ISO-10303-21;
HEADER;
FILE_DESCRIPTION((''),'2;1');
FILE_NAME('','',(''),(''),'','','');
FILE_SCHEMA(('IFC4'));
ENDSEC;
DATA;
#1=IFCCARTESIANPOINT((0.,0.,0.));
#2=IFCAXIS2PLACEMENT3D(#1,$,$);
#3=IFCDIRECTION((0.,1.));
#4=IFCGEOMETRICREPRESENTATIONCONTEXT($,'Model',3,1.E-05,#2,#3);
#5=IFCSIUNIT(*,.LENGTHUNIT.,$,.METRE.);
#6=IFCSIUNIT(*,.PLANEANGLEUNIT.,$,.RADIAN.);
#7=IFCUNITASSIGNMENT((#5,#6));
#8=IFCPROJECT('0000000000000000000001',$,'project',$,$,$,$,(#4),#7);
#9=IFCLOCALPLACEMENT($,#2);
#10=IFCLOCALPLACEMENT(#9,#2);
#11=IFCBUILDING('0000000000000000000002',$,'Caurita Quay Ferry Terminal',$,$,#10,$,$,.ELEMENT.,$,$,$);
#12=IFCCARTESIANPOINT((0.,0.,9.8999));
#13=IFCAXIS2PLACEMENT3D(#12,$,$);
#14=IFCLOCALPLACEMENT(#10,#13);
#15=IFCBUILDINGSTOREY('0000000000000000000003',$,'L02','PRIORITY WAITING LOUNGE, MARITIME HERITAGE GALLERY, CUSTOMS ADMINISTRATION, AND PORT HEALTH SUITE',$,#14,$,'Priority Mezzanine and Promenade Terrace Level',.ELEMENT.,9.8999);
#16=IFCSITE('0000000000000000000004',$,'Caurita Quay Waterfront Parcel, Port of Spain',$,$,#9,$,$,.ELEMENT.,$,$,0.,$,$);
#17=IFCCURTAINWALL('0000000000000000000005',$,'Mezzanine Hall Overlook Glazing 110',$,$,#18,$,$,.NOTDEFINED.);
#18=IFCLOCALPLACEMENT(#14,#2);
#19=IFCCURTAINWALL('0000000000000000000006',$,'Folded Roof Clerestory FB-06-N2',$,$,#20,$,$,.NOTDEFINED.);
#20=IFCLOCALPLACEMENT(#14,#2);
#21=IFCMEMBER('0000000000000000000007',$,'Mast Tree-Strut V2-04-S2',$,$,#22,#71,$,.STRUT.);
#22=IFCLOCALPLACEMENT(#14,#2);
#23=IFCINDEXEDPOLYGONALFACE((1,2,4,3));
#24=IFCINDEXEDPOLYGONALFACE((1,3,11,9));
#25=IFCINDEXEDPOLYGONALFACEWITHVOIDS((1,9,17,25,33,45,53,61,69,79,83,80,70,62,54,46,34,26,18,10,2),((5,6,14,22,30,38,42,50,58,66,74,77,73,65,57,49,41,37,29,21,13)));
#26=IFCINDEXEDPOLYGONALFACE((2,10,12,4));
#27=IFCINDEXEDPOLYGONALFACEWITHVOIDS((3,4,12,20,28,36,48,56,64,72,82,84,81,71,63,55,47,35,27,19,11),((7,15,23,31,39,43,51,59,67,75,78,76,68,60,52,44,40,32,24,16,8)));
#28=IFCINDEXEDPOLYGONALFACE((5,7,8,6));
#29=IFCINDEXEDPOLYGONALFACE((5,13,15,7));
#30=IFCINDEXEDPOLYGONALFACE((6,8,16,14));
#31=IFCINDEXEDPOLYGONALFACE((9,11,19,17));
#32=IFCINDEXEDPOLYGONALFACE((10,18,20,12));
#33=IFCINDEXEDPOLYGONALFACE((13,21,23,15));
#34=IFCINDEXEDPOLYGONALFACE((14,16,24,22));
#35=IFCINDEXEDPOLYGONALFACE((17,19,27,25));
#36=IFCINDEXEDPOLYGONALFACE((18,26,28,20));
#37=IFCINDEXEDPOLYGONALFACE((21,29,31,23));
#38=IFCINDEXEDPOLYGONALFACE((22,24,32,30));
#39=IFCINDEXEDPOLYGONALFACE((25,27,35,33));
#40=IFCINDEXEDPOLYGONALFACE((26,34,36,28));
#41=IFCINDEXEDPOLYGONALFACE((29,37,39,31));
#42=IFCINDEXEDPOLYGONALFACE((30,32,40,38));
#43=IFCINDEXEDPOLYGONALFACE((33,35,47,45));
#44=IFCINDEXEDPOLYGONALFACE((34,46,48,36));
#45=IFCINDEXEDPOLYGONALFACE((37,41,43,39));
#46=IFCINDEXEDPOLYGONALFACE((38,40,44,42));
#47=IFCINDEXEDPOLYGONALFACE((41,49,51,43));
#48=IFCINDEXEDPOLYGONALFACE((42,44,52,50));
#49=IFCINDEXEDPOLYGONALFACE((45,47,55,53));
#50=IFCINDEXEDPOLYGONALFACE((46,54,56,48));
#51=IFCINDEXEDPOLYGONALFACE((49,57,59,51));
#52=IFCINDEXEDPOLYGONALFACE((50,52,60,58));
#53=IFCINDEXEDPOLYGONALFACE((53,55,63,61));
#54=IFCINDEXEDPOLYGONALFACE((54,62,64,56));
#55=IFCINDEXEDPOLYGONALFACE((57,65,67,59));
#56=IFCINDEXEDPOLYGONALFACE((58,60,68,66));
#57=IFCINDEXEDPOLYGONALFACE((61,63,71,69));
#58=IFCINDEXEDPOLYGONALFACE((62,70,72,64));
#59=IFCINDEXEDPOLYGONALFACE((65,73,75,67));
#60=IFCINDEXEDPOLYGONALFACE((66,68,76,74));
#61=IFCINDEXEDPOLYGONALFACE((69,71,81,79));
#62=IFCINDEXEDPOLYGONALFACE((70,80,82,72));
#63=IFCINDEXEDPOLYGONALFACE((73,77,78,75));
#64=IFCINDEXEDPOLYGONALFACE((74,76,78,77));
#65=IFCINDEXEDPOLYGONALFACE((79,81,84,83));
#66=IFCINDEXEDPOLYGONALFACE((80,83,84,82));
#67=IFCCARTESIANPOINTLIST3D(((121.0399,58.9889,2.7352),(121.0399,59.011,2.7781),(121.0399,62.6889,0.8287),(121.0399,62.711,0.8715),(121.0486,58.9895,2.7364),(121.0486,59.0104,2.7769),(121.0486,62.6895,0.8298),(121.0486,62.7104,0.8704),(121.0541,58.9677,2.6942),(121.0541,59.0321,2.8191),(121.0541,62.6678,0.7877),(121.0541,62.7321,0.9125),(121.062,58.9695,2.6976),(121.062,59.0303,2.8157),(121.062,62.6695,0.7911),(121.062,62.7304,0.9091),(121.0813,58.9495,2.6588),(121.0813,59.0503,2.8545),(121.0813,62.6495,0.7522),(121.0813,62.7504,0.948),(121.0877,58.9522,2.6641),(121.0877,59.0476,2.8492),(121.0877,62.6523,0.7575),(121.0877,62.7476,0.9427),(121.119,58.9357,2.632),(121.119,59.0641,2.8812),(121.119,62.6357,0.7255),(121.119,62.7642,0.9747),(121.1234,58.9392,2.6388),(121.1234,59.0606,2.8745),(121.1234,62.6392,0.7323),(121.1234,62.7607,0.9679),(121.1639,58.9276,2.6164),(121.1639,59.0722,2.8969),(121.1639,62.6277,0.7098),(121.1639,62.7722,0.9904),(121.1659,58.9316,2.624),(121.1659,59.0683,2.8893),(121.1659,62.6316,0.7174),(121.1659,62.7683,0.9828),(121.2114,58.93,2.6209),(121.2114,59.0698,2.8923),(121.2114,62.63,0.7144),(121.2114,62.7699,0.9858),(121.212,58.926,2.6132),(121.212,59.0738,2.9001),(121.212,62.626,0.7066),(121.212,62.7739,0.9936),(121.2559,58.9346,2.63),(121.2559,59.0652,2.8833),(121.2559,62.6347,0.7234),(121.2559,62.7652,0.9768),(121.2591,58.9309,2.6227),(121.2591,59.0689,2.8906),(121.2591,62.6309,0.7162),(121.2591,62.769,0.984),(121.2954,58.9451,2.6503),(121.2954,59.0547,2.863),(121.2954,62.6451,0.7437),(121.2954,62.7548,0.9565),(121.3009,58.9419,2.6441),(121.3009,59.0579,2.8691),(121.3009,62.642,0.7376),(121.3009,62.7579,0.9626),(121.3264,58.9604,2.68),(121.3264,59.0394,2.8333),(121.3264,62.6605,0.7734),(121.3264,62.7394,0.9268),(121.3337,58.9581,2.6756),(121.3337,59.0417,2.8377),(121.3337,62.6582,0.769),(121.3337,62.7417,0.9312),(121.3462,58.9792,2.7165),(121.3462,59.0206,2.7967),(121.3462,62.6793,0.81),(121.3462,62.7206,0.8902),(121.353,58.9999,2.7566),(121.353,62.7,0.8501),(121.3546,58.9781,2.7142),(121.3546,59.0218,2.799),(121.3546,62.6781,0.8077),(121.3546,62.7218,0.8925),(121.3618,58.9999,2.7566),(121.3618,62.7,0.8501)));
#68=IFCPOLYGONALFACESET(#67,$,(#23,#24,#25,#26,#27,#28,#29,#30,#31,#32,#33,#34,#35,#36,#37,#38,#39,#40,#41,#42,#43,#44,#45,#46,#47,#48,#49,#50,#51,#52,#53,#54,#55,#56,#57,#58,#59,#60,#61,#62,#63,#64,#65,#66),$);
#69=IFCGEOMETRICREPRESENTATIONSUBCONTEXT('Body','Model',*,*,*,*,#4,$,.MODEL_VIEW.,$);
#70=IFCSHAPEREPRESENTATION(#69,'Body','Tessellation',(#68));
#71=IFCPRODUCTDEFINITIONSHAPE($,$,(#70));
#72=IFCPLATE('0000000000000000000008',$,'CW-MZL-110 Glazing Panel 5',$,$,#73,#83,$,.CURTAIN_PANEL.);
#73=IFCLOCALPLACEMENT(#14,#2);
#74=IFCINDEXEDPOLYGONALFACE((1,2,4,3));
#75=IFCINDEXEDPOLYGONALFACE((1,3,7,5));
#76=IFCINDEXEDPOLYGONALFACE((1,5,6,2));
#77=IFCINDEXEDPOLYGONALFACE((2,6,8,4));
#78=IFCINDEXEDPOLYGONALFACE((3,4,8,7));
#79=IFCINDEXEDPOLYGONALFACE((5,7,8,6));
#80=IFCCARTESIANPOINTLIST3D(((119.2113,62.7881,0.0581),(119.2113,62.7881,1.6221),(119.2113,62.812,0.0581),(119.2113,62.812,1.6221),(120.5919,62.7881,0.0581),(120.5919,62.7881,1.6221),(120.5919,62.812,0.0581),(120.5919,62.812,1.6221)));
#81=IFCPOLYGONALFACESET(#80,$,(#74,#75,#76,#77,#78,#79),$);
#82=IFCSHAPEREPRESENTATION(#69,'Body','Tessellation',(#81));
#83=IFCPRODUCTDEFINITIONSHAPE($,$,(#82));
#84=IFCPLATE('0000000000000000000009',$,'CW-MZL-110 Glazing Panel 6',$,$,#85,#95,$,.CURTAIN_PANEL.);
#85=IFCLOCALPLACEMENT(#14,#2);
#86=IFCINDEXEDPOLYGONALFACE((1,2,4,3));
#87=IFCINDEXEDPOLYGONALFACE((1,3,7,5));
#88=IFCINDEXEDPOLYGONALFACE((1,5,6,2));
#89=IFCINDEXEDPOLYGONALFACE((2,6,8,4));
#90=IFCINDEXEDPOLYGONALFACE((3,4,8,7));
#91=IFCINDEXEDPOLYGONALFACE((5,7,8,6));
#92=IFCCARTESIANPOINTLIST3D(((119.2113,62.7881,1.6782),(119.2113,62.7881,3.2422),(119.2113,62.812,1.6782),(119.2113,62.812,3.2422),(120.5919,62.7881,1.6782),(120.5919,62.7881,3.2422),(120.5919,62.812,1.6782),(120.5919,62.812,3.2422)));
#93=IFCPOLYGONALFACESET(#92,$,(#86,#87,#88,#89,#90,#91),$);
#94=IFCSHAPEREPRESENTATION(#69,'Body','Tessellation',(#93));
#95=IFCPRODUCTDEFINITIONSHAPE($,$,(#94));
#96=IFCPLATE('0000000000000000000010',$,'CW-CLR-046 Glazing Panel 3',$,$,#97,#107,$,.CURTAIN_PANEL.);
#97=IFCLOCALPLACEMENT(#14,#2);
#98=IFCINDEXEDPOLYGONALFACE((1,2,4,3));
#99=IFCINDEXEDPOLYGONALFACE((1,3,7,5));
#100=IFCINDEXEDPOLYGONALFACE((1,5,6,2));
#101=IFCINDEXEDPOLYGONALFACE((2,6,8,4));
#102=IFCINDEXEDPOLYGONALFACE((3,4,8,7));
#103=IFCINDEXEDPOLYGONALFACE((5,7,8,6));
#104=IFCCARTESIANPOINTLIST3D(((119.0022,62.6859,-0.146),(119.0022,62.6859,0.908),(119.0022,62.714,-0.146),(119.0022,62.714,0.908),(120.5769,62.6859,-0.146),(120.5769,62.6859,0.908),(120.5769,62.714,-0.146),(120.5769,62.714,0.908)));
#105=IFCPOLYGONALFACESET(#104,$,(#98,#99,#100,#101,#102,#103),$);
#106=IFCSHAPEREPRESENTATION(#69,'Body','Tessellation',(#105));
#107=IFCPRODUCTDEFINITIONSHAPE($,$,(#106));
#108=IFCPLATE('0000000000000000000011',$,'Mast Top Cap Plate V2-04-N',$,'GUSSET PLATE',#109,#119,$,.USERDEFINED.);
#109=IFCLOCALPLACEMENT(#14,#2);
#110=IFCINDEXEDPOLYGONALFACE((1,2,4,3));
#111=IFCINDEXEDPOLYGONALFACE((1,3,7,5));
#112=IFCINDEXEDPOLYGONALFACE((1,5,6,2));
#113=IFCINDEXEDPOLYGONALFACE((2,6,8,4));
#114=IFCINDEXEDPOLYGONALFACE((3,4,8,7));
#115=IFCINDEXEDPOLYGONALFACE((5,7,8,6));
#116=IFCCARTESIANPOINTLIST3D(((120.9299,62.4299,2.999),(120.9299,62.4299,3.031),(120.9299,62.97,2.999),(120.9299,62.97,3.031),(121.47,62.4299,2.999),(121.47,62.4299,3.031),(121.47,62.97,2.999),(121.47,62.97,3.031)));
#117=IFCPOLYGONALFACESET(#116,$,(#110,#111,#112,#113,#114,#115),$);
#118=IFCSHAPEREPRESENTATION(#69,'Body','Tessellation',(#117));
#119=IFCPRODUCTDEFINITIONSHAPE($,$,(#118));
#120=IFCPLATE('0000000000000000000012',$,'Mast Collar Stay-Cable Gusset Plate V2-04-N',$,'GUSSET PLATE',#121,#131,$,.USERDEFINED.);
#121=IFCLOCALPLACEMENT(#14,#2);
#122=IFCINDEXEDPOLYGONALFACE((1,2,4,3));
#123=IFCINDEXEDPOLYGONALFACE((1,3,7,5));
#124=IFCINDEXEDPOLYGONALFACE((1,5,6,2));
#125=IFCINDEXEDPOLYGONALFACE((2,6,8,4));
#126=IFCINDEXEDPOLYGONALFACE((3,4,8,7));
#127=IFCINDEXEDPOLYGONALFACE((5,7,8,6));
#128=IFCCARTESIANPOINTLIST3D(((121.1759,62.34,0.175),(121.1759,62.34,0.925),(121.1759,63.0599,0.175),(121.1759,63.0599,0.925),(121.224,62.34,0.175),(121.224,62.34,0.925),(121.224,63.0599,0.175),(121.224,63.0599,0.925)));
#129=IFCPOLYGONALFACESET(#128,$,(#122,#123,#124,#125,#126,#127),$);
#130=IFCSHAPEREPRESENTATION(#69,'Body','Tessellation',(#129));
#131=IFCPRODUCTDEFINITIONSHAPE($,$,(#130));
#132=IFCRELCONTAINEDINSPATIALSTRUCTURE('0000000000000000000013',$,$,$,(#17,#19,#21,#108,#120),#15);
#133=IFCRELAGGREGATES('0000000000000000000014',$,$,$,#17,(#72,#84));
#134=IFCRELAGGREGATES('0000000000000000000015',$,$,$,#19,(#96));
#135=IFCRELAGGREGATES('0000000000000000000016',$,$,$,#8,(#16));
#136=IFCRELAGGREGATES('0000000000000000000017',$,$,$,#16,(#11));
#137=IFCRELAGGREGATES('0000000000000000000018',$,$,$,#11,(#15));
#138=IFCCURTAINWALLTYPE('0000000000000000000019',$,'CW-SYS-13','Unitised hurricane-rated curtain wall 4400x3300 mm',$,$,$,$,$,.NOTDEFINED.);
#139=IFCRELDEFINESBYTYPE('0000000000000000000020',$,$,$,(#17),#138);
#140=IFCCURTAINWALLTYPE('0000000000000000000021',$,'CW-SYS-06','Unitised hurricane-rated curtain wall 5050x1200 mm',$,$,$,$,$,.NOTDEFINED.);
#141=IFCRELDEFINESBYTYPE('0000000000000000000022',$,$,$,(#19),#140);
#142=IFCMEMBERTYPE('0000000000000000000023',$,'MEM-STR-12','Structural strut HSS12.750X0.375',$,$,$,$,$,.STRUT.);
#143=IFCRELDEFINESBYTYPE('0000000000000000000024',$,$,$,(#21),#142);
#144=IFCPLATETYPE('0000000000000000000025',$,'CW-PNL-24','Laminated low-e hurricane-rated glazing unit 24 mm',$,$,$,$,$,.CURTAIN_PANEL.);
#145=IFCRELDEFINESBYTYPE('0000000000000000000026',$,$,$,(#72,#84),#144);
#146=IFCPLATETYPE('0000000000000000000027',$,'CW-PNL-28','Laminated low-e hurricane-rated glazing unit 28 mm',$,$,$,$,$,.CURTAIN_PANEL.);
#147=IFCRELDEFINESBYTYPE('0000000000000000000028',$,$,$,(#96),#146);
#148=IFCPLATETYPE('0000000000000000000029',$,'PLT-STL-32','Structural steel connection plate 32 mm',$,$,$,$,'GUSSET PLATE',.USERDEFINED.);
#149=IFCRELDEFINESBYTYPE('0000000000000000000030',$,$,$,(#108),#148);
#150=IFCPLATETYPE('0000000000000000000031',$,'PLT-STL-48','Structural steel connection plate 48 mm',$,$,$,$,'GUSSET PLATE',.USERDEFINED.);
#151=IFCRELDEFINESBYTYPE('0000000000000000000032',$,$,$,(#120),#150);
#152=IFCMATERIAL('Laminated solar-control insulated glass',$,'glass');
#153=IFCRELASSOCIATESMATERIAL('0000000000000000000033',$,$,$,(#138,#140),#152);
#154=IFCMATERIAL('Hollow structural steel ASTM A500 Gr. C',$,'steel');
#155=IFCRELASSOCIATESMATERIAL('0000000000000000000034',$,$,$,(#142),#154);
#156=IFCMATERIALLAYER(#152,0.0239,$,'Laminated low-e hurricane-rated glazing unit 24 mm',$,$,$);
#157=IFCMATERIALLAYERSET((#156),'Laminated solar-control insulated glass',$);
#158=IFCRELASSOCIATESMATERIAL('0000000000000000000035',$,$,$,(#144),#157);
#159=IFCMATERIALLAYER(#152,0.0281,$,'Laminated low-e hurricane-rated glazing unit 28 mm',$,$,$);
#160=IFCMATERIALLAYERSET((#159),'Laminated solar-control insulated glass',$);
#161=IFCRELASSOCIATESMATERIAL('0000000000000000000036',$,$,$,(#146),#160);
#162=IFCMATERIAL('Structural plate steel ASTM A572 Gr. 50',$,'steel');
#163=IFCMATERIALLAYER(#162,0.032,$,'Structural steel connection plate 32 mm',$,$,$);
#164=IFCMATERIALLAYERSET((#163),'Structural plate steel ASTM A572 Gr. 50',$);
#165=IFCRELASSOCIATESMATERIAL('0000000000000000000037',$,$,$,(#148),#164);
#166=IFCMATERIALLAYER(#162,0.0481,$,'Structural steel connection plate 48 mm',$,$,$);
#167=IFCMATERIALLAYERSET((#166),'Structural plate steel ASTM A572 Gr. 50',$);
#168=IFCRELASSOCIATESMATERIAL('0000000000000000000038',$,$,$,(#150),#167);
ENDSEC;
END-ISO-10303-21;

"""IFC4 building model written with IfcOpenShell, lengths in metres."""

from ifc_helpers import new_model, si_unit, direction, frame, origin, origin_2d, place, context, subcontext, project, spatial, rectangle, hollow_circle, extrude, material, layer, layer_set, material_profile, profile_set, type_object, element, aggregate, save


model = new_model("IFC4")

# Units and contexts
model_context = context("Model", 3, precision=1e-05, world=origin(), true_north=direction((0.0, 1.0)))
body_context = subcontext(model_context, "Body", "Model", "MODEL_VIEW")
ifc_project = project(units=[si_unit("LENGTHUNIT", "METRE"), si_unit("PLANEANGLEUNIT", "RADIAN")], contexts=[model_context])

# Site, building, storey
site_placement = place(None, origin())
site = spatial("IfcSite", under=ifc_project, at=site_placement, Name="Caurita Quay Waterfront Parcel, Port of Spain", CompositionType="ELEMENT", RefElevation=0.0)
building_placement = place(site_placement, origin())
building = spatial("IfcBuilding", under=site, at=building_placement, Name="Caurita Quay Ferry Terminal", CompositionType="ELEMENT")
storey_placement = place(building_placement, frame((0.0, 0.0, 9.8999)))
storey = spatial("IfcBuildingStorey", under=building, at=storey_placement, Name="L02", Description="PRIORITY WAITING LOUNGE, MARITIME HERITAGE GALLERY, CUSTOMS ADMINISTRATION, AND PORT HEALTH SUITE", LongName="Priority Mezzanine and Promenade Terrace Level", CompositionType="ELEMENT", Elevation=9.8999)

# Shared definitions
ifc_material_1 = material(Name="Hollow structural steel ASTM A500 Gr. C", Category="steel")

# Curtain walls
ifc_material_2 = material(Name="Laminated solar-control insulated glass", Category="glass")
curtain_wall_type_1 = type_object("IfcCurtainWallType", Name="CW-SYS-13", Description="Unitised hurricane-rated curtain wall 4400x3300 mm", PredefinedType="NOTDEFINED", material=ifc_material_2)
curtain_wall_1_placement = place(storey_placement, origin())
curtain_wall_1 = element("IfcCurtainWall", 1, at=curtain_wall_1_placement, inside=storey, type_object=curtain_wall_type_1, Name="Mezzanine Hall Overlook Glazing 110", PredefinedType="NOTDEFINED")
curtain_wall_type_2 = type_object("IfcCurtainWallType", Name="CW-SYS-06", Description="Unitised hurricane-rated curtain wall 5050x1200 mm", PredefinedType="NOTDEFINED", material=ifc_material_2)
curtain_wall_2_placement = place(storey_placement, origin())
curtain_wall_2 = element("IfcCurtainWall", 2, at=curtain_wall_2_placement, inside=storey, type_object=curtain_wall_type_2, Name="Folded Roof Clerestory FB-06-N2", PredefinedType="NOTDEFINED")

# Member
ifc_material_profile_1 = material_profile(ifc_material_1, hollow_circle(Radius=0.1619, WallThickness=0.0088, at=origin_2d()), Name="HSS12.750X0.375")
ifc_profile_set_1 = profile_set([ifc_material_profile_1], Name="Hollow structural steel ASTM A500 Gr. C")
member_type_1 = type_object("IfcMemberType", Name="MEM-STR-12", Description="Structural strut HSS12.750X0.375", PredefinedType="STRUT", material=ifc_profile_set_1)
member_1_placement = place(storey_placement, frame((121.2, 62.7, 0.8501), z_axis=(0.0, -0.88893, 0.458044), x_axis=(1.0, 0.0, 0.0)))
element("IfcMember", 3, at=member_1_placement, inside=storey, type_object=member_type_1, Name="Mast Tree-Strut V2-04-S2", PredefinedType="STRUT", context=body_context, shape_type="SweptSolid", body=[
    extrude(hollow_circle(Radius=0.1619, WallThickness=0.0088, at=origin_2d()), origin(), (0.0, 0.0, 1.0), 4.1624),
])

# Plates
ifc_layer_1 = layer(ifc_material_2, 0.0239, Name="Laminated low-e hurricane-rated glazing unit 24 mm")
ifc_layer_set_1 = layer_set([ifc_layer_1], Name="Laminated solar-control insulated glass")
plate_type_1 = type_object("IfcPlateType", Name="CW-PNL-24", Description="Laminated low-e hurricane-rated glazing unit 24 mm", PredefinedType="CURTAIN_PANEL", material=ifc_layer_set_1)
plate_1_placement = place(storey_placement, frame((119.9016, 62.8, 0.0581), z_axis=(0.0, 0.0, 1.0), x_axis=(1.0, 0.0, 0.0)))
plate_1 = element("IfcPlate", 4, at=plate_1_placement, type_object=plate_type_1, Name="CW-MZL-110 Glazing Panel 5", PredefinedType="CURTAIN_PANEL", context=body_context, shape_type="SweptSolid", body=[
    extrude(rectangle(XDim=1.3806, YDim=0.0239, at=origin_2d()), origin(), (0.0, 0.0, 1.0), 1.564),
])
plate_2_placement = place(storey_placement, frame((119.9016, 62.8, 1.6782), z_axis=(0.0, 0.0, 1.0), x_axis=(1.0, 0.0, 0.0)))
plate_2 = element("IfcPlate", 5, at=plate_2_placement, type_object=plate_type_1, Name="CW-MZL-110 Glazing Panel 6", PredefinedType="CURTAIN_PANEL", context=body_context, shape_type="SweptSolid", body=[
    extrude(rectangle(XDim=1.3806, YDim=0.0239, at=origin_2d()), origin(), (0.0, 0.0, 1.0), 1.564),
])
aggregate(curtain_wall_1, [plate_1, plate_2])
ifc_layer_2 = layer(ifc_material_2, 0.0281, Name="Laminated low-e hurricane-rated glazing unit 28 mm")
ifc_layer_set_2 = layer_set([ifc_layer_2], Name="Laminated solar-control insulated glass")
plate_type_2 = type_object("IfcPlateType", Name="CW-PNL-28", Description="Laminated low-e hurricane-rated glazing unit 28 mm", PredefinedType="CURTAIN_PANEL", material=ifc_layer_set_2)
plate_3_placement = place(storey_placement, frame((119.7896, 62.7, -0.146), z_axis=(0.0, 0.0, 1.0), x_axis=(1.0, 0.0, 0.0)))
plate_3 = element("IfcPlate", 6, at=plate_3_placement, type_object=plate_type_2, Name="CW-CLR-046 Glazing Panel 3", PredefinedType="CURTAIN_PANEL", context=body_context, shape_type="SweptSolid", body=[
    extrude(rectangle(XDim=1.5747, YDim=0.0281, at=origin_2d()), origin(), (0.0, 0.0, 1.0), 1.054),
])
aggregate(curtain_wall_2, [plate_3])

# Plates
ifc_material_3 = material(Name="Structural plate steel ASTM A572 Gr. 50", Category="steel")
ifc_layer_3 = layer(ifc_material_3, 0.032, Name="Structural steel connection plate 32 mm")
ifc_layer_set_3 = layer_set([ifc_layer_3], Name="Structural plate steel ASTM A572 Gr. 50")
plate_type_3 = type_object("IfcPlateType", Name="PLT-STL-32", Description="Structural steel connection plate 32 mm", ElementType="GUSSET PLATE", PredefinedType="USERDEFINED", material=ifc_layer_set_3)
plate_4_placement = place(storey_placement, frame((121.2, 62.7, 2.999), z_axis=(0.0, 0.0, 1.0), x_axis=(1.0, 0.0, 0.0)))
element("IfcPlate", 7, at=plate_4_placement, inside=storey, type_object=plate_type_3, Name="Mast Top Cap Plate V2-04-N", ObjectType="GUSSET PLATE", PredefinedType="USERDEFINED", context=body_context, shape_type="SweptSolid", body=[
    extrude(rectangle(XDim=0.54, YDim=0.54, at=origin_2d()), origin(), (0.0, 0.0, 1.0), 0.032),
])
ifc_layer_4 = layer(ifc_material_3, 0.0481, Name="Structural steel connection plate 48 mm")
ifc_layer_set_4 = layer_set([ifc_layer_4], Name="Structural plate steel ASTM A572 Gr. 50")
plate_type_4 = type_object("IfcPlateType", Name="PLT-STL-48", Description="Structural steel connection plate 48 mm", ElementType="GUSSET PLATE", PredefinedType="USERDEFINED", material=ifc_layer_set_4)
plate_5_placement = place(storey_placement, frame((121.2, 62.7, 0.175), z_axis=(0.0, 0.0, 1.0), x_axis=(1.0, 0.0, 0.0)))
element("IfcPlate", 8, at=plate_5_placement, inside=storey, type_object=plate_type_4, Name="Mast Collar Stay-Cable Gusset Plate V2-04-N", ObjectType="GUSSET PLATE", PredefinedType="USERDEFINED", context=body_context, shape_type="SweptSolid", body=[
    extrude(rectangle(XDim=0.0481, YDim=0.72, at=origin_2d()), origin(), (0.0, 0.0, 1.0), 0.75),
])

save(model, "model.ifc")
